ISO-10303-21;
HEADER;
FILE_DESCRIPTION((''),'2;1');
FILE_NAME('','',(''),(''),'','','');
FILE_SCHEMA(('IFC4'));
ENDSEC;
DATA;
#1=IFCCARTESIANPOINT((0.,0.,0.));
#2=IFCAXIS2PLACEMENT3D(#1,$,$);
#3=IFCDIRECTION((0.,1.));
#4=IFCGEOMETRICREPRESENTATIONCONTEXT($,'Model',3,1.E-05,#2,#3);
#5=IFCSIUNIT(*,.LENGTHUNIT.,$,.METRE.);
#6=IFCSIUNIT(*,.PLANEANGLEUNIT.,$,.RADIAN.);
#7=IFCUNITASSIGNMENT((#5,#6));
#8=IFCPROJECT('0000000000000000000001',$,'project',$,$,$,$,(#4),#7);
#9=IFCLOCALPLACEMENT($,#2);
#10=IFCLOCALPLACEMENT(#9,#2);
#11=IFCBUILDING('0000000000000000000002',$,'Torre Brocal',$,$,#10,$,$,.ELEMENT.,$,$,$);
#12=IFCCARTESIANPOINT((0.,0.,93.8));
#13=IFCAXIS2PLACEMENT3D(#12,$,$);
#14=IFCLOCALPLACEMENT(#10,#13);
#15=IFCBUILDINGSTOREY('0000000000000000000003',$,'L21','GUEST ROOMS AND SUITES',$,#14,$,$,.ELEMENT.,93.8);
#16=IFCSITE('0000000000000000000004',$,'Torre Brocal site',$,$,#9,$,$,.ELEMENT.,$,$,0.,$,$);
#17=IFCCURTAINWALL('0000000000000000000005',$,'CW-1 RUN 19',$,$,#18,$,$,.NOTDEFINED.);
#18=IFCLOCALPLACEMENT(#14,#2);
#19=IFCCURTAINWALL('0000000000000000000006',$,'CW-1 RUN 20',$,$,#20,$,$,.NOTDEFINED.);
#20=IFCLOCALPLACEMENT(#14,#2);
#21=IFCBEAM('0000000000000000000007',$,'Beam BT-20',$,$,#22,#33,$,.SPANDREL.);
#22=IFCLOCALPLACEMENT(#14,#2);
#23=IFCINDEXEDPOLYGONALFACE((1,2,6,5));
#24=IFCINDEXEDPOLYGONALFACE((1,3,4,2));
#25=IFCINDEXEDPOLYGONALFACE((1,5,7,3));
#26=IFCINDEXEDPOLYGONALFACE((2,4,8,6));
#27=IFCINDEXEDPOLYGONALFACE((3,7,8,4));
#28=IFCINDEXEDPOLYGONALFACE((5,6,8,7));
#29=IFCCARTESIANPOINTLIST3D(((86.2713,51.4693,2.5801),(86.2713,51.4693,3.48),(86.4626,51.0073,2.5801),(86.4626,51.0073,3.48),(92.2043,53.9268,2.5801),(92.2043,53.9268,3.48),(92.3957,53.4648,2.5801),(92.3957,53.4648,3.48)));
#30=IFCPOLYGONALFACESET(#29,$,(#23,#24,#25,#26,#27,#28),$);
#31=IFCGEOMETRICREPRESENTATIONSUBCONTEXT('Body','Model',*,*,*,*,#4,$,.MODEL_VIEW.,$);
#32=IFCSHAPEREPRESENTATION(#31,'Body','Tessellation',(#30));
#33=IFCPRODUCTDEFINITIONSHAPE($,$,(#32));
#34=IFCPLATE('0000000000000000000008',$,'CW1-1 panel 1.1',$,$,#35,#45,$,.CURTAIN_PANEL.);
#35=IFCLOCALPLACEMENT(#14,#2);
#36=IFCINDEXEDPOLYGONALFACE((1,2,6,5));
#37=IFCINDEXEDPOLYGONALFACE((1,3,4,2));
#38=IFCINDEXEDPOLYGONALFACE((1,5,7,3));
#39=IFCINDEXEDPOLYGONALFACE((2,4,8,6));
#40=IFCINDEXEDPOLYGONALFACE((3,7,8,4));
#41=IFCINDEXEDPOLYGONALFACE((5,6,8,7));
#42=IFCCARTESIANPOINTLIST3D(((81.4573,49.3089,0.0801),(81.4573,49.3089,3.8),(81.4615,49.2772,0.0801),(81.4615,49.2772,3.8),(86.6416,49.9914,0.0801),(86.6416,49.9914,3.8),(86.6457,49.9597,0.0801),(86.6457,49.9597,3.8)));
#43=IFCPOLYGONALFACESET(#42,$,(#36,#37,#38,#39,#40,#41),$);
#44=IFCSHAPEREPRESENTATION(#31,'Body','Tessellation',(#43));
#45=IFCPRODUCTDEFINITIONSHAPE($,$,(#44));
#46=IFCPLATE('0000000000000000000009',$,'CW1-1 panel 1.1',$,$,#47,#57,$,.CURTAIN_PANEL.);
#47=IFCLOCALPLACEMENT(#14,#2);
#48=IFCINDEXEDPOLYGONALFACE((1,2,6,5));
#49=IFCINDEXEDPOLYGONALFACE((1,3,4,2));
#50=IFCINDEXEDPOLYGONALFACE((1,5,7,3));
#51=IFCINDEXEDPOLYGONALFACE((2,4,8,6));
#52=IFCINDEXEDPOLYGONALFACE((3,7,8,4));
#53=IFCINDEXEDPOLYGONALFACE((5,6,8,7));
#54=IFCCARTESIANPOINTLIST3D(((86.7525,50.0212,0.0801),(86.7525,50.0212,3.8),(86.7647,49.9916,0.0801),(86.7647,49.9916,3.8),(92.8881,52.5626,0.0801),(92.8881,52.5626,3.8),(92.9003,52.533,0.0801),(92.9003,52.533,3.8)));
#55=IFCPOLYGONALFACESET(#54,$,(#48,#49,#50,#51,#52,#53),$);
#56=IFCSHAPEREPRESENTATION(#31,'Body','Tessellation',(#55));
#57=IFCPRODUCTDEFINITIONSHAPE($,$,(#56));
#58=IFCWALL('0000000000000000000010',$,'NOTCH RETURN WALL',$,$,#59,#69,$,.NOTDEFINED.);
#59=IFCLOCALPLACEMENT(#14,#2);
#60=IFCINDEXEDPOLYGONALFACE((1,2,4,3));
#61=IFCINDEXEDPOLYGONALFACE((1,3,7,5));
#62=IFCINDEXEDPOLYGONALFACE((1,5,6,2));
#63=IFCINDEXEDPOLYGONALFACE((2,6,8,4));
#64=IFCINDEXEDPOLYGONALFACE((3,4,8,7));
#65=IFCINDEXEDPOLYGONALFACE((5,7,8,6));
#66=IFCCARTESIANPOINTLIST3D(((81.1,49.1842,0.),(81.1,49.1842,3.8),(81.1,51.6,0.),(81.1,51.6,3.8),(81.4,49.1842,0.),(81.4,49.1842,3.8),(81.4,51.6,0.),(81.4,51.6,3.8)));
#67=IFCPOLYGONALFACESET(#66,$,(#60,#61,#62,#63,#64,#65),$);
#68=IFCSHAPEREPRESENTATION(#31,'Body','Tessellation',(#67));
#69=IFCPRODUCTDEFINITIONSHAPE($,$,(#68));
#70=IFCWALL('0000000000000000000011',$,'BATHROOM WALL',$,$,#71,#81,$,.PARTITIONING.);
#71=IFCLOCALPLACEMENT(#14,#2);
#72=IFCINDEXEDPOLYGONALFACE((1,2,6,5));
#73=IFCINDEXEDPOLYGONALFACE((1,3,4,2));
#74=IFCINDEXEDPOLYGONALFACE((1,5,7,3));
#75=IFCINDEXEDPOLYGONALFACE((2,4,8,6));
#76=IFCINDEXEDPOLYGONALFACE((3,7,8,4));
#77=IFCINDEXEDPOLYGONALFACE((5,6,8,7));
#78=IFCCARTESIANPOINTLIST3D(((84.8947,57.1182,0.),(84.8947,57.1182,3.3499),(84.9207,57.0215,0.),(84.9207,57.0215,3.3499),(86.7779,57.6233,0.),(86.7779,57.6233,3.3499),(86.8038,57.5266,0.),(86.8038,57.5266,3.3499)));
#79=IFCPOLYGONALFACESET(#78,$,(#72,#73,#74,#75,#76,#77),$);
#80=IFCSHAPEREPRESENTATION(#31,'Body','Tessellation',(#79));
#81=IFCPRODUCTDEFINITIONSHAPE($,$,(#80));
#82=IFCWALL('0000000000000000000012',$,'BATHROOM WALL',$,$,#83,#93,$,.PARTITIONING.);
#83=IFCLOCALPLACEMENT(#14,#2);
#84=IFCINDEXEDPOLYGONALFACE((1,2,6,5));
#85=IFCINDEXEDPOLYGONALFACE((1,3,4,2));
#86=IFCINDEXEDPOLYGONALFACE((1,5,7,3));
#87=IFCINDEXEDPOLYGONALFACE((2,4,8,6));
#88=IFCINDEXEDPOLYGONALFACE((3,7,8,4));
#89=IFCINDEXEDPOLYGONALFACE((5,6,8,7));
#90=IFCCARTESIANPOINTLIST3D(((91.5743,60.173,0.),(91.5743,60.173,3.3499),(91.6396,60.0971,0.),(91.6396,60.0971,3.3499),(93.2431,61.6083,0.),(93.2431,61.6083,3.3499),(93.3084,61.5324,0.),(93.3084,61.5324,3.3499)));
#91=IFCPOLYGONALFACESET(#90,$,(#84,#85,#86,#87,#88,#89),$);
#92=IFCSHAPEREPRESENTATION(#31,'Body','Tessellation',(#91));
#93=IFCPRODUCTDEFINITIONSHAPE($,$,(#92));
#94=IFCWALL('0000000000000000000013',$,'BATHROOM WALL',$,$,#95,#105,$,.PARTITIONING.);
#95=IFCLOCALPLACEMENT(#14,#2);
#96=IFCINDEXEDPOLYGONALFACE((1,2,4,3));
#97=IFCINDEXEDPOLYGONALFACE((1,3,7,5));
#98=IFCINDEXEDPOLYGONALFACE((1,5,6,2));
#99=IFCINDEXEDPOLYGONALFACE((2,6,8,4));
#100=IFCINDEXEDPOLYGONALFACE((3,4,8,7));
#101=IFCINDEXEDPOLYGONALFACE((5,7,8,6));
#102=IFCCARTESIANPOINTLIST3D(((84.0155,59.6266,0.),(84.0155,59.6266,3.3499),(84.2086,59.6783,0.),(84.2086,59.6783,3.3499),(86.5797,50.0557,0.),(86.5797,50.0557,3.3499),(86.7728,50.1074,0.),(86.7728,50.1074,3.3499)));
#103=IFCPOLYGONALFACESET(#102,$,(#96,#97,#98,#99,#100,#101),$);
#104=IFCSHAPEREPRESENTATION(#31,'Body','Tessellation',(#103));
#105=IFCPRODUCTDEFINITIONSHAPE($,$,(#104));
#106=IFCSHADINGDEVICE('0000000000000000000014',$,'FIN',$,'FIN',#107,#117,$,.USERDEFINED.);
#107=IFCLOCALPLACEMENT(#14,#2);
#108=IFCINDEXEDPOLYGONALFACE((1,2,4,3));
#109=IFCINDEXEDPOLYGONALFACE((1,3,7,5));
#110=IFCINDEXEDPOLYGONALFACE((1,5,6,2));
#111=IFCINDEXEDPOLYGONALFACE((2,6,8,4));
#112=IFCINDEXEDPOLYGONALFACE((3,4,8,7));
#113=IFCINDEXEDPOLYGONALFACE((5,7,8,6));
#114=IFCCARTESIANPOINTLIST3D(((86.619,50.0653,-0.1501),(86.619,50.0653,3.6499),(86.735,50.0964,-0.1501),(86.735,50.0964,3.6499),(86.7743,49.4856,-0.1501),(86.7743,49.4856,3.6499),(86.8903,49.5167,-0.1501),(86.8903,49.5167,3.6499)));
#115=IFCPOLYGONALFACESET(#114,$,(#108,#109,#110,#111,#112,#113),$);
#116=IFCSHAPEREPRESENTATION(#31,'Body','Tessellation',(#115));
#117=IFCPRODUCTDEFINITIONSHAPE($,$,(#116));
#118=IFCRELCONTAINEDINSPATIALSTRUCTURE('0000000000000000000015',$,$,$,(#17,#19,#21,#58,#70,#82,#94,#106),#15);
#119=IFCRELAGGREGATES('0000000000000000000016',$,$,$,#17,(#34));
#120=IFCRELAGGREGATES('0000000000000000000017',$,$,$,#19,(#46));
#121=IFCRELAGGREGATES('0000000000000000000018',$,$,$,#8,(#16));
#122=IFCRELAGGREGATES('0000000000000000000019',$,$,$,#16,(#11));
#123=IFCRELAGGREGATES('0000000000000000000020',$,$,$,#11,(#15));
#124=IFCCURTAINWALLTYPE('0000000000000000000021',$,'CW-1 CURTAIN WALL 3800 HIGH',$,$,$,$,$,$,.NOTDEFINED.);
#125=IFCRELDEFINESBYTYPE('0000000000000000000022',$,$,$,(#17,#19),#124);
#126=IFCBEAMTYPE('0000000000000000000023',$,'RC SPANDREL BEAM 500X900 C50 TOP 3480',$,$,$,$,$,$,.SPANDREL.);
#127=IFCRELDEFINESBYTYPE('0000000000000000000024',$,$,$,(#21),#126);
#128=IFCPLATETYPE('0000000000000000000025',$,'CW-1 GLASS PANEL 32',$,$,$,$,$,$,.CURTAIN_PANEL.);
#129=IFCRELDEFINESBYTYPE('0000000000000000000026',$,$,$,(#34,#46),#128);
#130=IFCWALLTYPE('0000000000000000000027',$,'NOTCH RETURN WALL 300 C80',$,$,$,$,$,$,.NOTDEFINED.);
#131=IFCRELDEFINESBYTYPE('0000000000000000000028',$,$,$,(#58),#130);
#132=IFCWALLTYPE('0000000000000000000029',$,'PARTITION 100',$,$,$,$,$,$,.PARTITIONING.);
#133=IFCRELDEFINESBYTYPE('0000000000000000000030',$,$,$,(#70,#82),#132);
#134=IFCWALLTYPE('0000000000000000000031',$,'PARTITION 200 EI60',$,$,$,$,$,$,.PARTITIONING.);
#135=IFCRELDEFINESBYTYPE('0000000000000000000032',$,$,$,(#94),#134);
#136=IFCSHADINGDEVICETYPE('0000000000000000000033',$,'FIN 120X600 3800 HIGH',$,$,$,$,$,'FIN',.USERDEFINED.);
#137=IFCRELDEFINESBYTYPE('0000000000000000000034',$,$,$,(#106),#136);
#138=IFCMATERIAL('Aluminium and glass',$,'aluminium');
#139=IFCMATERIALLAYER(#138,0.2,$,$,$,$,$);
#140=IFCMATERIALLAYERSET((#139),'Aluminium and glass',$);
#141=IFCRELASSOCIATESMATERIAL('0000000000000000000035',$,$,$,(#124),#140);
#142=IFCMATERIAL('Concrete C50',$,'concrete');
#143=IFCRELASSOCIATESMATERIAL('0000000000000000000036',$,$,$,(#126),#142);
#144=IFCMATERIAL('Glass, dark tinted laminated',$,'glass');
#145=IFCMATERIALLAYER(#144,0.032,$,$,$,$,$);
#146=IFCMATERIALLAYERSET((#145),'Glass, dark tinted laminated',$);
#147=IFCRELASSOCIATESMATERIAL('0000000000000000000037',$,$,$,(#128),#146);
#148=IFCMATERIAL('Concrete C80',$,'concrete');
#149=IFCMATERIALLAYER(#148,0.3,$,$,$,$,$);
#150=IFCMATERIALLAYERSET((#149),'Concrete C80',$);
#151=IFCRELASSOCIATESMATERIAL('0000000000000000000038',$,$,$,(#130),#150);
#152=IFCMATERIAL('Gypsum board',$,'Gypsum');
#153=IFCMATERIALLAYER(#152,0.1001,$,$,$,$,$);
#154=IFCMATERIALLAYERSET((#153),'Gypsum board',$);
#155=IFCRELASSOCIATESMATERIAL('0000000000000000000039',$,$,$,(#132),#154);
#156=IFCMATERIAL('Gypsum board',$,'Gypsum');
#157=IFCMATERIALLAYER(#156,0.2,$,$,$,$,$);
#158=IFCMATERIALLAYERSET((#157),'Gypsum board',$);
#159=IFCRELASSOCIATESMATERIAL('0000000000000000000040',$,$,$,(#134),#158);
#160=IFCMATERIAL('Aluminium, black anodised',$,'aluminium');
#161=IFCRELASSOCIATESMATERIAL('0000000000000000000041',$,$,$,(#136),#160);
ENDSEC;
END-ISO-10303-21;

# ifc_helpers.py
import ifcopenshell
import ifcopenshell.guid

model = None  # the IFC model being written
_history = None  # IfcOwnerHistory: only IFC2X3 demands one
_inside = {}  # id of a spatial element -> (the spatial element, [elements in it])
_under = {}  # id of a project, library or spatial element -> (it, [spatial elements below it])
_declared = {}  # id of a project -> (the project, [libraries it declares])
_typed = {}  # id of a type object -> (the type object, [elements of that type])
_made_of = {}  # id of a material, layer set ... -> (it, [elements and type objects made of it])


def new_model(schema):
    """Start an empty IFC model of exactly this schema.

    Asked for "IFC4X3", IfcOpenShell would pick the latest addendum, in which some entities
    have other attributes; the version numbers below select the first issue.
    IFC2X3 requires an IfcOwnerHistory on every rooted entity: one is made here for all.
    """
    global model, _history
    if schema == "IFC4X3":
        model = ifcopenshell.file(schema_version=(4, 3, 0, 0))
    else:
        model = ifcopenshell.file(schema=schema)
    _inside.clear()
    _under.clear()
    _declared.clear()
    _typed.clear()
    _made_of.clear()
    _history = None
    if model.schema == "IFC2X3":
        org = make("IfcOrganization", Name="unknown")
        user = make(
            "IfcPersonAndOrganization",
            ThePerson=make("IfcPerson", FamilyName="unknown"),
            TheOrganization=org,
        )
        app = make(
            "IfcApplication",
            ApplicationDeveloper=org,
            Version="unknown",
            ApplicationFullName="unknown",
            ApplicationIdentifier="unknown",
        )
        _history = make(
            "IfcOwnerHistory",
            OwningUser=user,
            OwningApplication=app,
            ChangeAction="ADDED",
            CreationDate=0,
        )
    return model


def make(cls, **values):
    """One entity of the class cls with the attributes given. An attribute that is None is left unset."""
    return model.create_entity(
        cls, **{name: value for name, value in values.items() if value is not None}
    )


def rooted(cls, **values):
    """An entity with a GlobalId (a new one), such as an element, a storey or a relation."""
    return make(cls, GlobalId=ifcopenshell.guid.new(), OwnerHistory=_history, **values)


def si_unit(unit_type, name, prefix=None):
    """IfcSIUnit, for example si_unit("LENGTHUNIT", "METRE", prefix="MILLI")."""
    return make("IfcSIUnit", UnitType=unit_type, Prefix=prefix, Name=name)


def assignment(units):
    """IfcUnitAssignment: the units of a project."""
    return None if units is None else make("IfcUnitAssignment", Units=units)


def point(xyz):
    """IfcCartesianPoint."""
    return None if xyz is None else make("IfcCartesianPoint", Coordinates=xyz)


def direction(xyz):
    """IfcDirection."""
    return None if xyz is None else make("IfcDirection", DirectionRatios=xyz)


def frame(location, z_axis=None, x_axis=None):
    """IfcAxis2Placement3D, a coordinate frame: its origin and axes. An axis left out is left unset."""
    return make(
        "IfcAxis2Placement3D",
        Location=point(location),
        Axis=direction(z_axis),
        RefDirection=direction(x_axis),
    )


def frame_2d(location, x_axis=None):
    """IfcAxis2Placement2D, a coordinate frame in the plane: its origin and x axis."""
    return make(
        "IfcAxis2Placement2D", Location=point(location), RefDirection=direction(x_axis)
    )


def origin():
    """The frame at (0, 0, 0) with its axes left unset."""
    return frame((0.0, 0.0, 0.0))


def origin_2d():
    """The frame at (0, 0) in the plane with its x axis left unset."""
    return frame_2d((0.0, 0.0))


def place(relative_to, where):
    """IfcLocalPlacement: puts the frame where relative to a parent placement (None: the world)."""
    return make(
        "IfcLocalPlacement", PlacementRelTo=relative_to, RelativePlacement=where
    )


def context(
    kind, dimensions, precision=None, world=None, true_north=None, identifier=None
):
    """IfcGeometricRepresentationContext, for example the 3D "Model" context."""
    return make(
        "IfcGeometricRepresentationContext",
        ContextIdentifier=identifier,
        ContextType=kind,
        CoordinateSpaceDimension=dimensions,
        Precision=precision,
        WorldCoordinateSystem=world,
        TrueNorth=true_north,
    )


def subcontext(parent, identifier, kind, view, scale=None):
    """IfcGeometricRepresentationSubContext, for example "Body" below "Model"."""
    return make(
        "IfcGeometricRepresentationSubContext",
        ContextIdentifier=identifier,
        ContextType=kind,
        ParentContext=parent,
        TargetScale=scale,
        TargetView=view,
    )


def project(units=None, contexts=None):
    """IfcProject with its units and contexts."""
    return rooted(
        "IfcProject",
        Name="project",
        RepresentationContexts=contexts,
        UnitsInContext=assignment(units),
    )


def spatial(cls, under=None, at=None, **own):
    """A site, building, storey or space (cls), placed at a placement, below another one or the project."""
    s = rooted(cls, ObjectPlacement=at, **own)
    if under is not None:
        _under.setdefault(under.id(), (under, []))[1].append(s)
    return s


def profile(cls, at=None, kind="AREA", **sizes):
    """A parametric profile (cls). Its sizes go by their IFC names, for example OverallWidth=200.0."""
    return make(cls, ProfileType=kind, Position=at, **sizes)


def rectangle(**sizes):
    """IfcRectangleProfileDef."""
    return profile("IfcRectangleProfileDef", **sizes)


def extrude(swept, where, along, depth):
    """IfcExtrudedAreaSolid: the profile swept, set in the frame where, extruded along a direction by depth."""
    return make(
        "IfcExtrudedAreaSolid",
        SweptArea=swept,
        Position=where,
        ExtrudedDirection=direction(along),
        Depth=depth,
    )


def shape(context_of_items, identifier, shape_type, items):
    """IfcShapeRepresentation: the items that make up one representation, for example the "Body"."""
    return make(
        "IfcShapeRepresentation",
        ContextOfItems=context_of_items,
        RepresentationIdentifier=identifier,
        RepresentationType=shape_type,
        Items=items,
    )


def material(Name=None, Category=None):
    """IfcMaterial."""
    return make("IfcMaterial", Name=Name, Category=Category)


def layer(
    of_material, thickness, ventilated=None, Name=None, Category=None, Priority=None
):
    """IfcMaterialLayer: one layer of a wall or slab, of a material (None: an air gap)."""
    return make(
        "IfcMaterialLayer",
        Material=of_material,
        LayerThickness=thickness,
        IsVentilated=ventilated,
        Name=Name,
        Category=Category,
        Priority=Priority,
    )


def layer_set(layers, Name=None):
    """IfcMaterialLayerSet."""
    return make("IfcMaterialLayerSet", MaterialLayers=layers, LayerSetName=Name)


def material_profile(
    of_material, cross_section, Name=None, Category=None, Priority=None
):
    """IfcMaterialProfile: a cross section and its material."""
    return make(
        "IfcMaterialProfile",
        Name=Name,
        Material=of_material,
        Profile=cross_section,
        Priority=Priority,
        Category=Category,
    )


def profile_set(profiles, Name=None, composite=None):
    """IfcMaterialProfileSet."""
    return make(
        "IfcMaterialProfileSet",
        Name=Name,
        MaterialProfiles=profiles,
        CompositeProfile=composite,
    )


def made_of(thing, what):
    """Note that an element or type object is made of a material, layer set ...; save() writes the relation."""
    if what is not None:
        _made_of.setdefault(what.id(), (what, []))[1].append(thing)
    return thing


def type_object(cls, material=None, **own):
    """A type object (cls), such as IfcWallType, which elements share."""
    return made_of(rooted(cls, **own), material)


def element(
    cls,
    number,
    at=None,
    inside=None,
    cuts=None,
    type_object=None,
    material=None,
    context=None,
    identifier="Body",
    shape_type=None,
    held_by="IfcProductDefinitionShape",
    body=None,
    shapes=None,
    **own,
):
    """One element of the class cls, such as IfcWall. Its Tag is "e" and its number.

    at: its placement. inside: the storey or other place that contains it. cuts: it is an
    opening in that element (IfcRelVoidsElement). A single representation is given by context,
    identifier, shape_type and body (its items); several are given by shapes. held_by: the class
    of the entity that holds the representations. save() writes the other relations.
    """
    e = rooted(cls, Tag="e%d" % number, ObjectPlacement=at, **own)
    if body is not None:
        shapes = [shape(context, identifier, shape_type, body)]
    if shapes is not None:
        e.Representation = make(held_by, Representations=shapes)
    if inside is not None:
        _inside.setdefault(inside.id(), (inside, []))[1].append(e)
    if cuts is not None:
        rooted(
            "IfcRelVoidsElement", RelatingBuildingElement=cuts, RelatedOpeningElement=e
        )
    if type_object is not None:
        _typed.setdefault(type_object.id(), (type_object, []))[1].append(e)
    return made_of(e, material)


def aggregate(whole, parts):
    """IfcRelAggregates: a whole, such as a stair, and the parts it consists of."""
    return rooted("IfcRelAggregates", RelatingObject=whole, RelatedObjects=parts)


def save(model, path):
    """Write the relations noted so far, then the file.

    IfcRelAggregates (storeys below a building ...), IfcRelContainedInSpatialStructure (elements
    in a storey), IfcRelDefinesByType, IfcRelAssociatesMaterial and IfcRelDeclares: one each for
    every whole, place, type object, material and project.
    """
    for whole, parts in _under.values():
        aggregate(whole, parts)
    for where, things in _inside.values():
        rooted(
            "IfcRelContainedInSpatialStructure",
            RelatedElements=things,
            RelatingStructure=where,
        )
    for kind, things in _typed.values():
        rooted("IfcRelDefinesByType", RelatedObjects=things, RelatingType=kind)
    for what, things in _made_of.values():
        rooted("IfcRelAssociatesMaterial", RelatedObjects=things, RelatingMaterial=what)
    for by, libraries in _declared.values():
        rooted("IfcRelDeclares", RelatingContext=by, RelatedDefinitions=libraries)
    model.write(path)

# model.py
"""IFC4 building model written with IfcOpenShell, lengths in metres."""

from ifc_helpers import new_model, si_unit, direction, frame, frame_2d, origin, origin_2d, place, context, subcontext, project, spatial, rectangle, extrude, material, layer, layer_set, material_profile, profile_set, type_object, element, aggregate, save


model = new_model("IFC4")

# Units and contexts
model_context = context("Model", 3, precision=1e-05, world=origin(), true_north=direction((0.0, 1.0)))
body_context = subcontext(model_context, "Body", "Model", "MODEL_VIEW")
ifc_project = project(units=[si_unit("LENGTHUNIT", "METRE"), si_unit("PLANEANGLEUNIT", "RADIAN")], contexts=[model_context])

# Site, building, storey
site_placement = place(None, origin())
site = spatial("IfcSite", under=ifc_project, at=site_placement, Name="Torre Brocal site", CompositionType="ELEMENT", RefElevation=0.0)
building_placement = place(site_placement, origin())
building = spatial("IfcBuilding", under=site, at=building_placement, Name="Torre Brocal", CompositionType="ELEMENT")
storey_placement = place(building_placement, frame((0.0, 0.0, 93.8)))
storey = spatial("IfcBuildingStorey", under=building, at=storey_placement, Name="L21", Description="GUEST ROOMS AND SUITES", CompositionType="ELEMENT", Elevation=93.8)

# Curtain wall
ifc_material_1 = material(Name="Aluminium and glass", Category="aluminium")
ifc_layer_1 = layer(ifc_material_1, 0.2)
ifc_layer_set_1 = layer_set([ifc_layer_1], Name="Aluminium and glass")
curtain_wall_type = type_object("IfcCurtainWallType", Name="CW-1 CURTAIN WALL 3800 HIGH", PredefinedType="NOTDEFINED", material=ifc_layer_set_1)
curtain_wall_1_placement = place(storey_placement, origin())
curtain_wall_1 = element("IfcCurtainWall", 1, at=curtain_wall_1_placement, inside=storey, type_object=curtain_wall_type, Name="CW-1 RUN 19", PredefinedType="NOTDEFINED")

# Curtain wall
curtain_wall_2_placement = place(storey_placement, origin())
curtain_wall_2 = element("IfcCurtainWall", 2, at=curtain_wall_2_placement, inside=storey, type_object=curtain_wall_type, Name="CW-1 RUN 20", PredefinedType="NOTDEFINED")

# Beam
ifc_material_2 = material(Name="Concrete C50", Category="concrete")
ifc_material_profile_1 = material_profile(ifc_material_2, rectangle(XDim=0.5, YDim=0.8999, at=origin_2d()), Name="RC 500X900")
ifc_profile_set_1 = profile_set([ifc_material_profile_1], Name="Concrete C50")
beam_type_1 = type_object("IfcBeamType", Name="RC SPANDREL BEAM 500X900 C50 TOP 3480", PredefinedType="SPANDREL", material=ifc_profile_set_1)
beam_1_placement = place(storey_placement, frame((86.3669, 51.2383, 3.03), z_axis=(0.923882, 0.382676, 0.0), x_axis=(-0.382676, 0.923882, 0.0)))
element("IfcBeam", 3, at=beam_1_placement, inside=storey, type_object=beam_type_1, Name="Beam BT-20", PredefinedType="SPANDREL", context=body_context, shape_type="SweptSolid", body=[
    extrude(rectangle(XDim=0.5, YDim=0.8999, at=origin_2d()), origin(), (0.0, 0.0, 1.0), 6.4219),
])

# Plates
ifc_material_3 = material(Name="Glass, dark tinted laminated", Category="glass")
ifc_layer_2 = layer(ifc_material_3, 0.032)
ifc_layer_set_2 = layer_set([ifc_layer_2], Name="Glass, dark tinted laminated")
plate_type = type_object("IfcPlateType", Name="CW-1 GLASS PANEL 32", PredefinedType="CURTAIN_PANEL", material=ifc_layer_set_2)
plate_1_placement = place(storey_placement, frame((84.0515, 49.6343, 0.0801), z_axis=(0.0, 0.0, 1.0), x_axis=(0.991445, 0.130526, 0.0)))
plate_1 = element("IfcPlate", 4, at=plate_1_placement, type_object=plate_type, Name="CW1-1 panel 1.1", PredefinedType="CURTAIN_PANEL", context=body_context, shape_type="SweptSolid", body=[
    extrude(rectangle(XDim=5.229, YDim=0.032, at=origin_2d()), origin(), (0.0, 0.0, 1.0), 3.72),
])
aggregate(curtain_wall_1, [plate_1])
plate_2_placement = place(storey_placement, frame((89.8264, 51.2771, 0.0801), z_axis=(0.0, 0.0, 1.0), x_axis=(0.92388, 0.382683, 0.0)))
plate_2 = element("IfcPlate", 5, at=plate_2_placement, type_object=plate_type, Name="CW1-1 panel 1.1", PredefinedType="CURTAIN_PANEL", context=body_context, shape_type="SweptSolid", body=[
    extrude(rectangle(XDim=6.6411, YDim=0.032, at=origin_2d()), origin(), (0.0, 0.0, 1.0), 3.72),
])
aggregate(curtain_wall_2, [plate_2])

# Walls
ifc_material_4 = material(Name="Concrete C80", Category="concrete")
ifc_layer_3 = layer(ifc_material_4, 0.3)
ifc_layer_set_3 = layer_set([ifc_layer_3], Name="Concrete C80")
wall_type_1 = type_object("IfcWallType", Name="NOTCH RETURN WALL 300 C80", PredefinedType="NOTDEFINED", material=ifc_layer_set_3)
wall_1_placement = place(storey_placement, frame((81.25, 51.6001, 0.0), z_axis=(0.0, 0.0, 1.0), x_axis=(0.0, -1.0, 0.0)))
element("IfcWall", 6, at=wall_1_placement, inside=storey, type_object=wall_type_1, Name="NOTCH RETURN WALL", PredefinedType="NOTDEFINED", context=body_context, shape_type="SweptSolid", body=[
    extrude(rectangle(XDim=2.4158, YDim=0.3, at=frame_2d((1.208, 0.0))), origin(), (0.0, 0.0, 1.0), 3.8),
])
ifc_material_5 = material(Name="Gypsum board", Category="Gypsum")
ifc_layer_4 = layer(ifc_material_5, 0.1001)
ifc_layer_set_4 = layer_set([ifc_layer_4], Name="Gypsum board")
wall_type_2 = type_object("IfcWallType", Name="PARTITION 100", PredefinedType="PARTITIONING", material=ifc_layer_set_4)
wall_2_placement = place(storey_placement, frame((84.9077, 57.0698, 0.0), z_axis=(0.0, 0.0, 1.0), x_axis=(0.965854, 0.259089, 0.0)))
element("IfcWall", 7, at=wall_2_placement, inside=storey, type_object=wall_type_2, Name="BATHROOM WALL", PredefinedType="PARTITIONING", context=body_context, shape_type="SweptSolid", body=[
    extrude(rectangle(XDim=1.9497, YDim=0.1001, at=frame_2d((0.9749, 0.0))), origin(), (0.0, 0.0, 1.0), 3.3499),
])
wall_3_placement = place(storey_placement, frame((91.6069, 60.135, 0.0), z_axis=(0.0, 0.0, 1.0), x_axis=(0.758136, 0.652097, 0.0)))
element("IfcWall", 8, at=wall_3_placement, inside=storey, type_object=wall_type_2, Name="BATHROOM WALL", PredefinedType="PARTITIONING", context=body_context, shape_type="SweptSolid", body=[
    extrude(rectangle(XDim=2.2012, YDim=0.1001, at=frame_2d((1.1006, 0.0))), origin(), (0.0, 0.0, 1.0), 3.3499),
])
ifc_material_6 = material(Name="Gypsum board", Category="Gypsum")
ifc_layer_5 = layer(ifc_material_6, 0.2)
ifc_layer_set_5 = layer_set([ifc_layer_5], Name="Gypsum board")
wall_type_3 = type_object("IfcWallType", Name="PARTITION 200 EI60", PredefinedType="PARTITIONING", material=ifc_layer_set_5)
wall_4_placement = place(storey_placement, frame((84.1121, 59.6523, 0.0), z_axis=(0.0, 0.0, 1.0), x_axis=(0.258793, -0.965933, 0.0)))
element("IfcWall", 9, at=wall_4_placement, inside=storey, type_object=wall_type_3, Name="BATHROOM WALL", PredefinedType="PARTITIONING", context=body_context, shape_type="SweptSolid", body=[
    extrude(rectangle(XDim=9.9084, YDim=0.2, at=frame_2d((4.9541, 0.0))), origin(), (0.0, 0.0, 1.0), 3.3499),
])

# Shading device
ifc_material_7 = material(Name="Aluminium, black anodised", Category="aluminium")
ifc_material_profile_2 = material_profile(ifc_material_7, rectangle(XDim=0.1201, YDim=0.6001, at=origin_2d()), Name="FIN 120X600 3800 HIGH")
ifc_profile_set_2 = profile_set([ifc_material_profile_2], Name="Aluminium, black anodised")
shading_device_type = type_object("IfcShadingDeviceType", Name="FIN 120X600 3800 HIGH", ElementType="FIN", PredefinedType="USERDEFINED", material=ifc_profile_set_2)
shading_device_placement = place(storey_placement, frame((86.7546, 49.791, -0.1501), z_axis=(0.0, 0.0, 1.0), x_axis=(0.965926, 0.258819, 0.0)))
element("IfcShadingDevice", 10, at=shading_device_placement, inside=storey, type_object=shading_device_type, Name="FIN", ObjectType="FIN", PredefinedType="USERDEFINED", context=body_context, shape_type="SweptSolid", body=[
    extrude(rectangle(XDim=0.1201, YDim=0.6001, at=origin_2d()), origin(), (0.0, 0.0, 1.0), 3.8),
])

save(model, "model.ifc")
